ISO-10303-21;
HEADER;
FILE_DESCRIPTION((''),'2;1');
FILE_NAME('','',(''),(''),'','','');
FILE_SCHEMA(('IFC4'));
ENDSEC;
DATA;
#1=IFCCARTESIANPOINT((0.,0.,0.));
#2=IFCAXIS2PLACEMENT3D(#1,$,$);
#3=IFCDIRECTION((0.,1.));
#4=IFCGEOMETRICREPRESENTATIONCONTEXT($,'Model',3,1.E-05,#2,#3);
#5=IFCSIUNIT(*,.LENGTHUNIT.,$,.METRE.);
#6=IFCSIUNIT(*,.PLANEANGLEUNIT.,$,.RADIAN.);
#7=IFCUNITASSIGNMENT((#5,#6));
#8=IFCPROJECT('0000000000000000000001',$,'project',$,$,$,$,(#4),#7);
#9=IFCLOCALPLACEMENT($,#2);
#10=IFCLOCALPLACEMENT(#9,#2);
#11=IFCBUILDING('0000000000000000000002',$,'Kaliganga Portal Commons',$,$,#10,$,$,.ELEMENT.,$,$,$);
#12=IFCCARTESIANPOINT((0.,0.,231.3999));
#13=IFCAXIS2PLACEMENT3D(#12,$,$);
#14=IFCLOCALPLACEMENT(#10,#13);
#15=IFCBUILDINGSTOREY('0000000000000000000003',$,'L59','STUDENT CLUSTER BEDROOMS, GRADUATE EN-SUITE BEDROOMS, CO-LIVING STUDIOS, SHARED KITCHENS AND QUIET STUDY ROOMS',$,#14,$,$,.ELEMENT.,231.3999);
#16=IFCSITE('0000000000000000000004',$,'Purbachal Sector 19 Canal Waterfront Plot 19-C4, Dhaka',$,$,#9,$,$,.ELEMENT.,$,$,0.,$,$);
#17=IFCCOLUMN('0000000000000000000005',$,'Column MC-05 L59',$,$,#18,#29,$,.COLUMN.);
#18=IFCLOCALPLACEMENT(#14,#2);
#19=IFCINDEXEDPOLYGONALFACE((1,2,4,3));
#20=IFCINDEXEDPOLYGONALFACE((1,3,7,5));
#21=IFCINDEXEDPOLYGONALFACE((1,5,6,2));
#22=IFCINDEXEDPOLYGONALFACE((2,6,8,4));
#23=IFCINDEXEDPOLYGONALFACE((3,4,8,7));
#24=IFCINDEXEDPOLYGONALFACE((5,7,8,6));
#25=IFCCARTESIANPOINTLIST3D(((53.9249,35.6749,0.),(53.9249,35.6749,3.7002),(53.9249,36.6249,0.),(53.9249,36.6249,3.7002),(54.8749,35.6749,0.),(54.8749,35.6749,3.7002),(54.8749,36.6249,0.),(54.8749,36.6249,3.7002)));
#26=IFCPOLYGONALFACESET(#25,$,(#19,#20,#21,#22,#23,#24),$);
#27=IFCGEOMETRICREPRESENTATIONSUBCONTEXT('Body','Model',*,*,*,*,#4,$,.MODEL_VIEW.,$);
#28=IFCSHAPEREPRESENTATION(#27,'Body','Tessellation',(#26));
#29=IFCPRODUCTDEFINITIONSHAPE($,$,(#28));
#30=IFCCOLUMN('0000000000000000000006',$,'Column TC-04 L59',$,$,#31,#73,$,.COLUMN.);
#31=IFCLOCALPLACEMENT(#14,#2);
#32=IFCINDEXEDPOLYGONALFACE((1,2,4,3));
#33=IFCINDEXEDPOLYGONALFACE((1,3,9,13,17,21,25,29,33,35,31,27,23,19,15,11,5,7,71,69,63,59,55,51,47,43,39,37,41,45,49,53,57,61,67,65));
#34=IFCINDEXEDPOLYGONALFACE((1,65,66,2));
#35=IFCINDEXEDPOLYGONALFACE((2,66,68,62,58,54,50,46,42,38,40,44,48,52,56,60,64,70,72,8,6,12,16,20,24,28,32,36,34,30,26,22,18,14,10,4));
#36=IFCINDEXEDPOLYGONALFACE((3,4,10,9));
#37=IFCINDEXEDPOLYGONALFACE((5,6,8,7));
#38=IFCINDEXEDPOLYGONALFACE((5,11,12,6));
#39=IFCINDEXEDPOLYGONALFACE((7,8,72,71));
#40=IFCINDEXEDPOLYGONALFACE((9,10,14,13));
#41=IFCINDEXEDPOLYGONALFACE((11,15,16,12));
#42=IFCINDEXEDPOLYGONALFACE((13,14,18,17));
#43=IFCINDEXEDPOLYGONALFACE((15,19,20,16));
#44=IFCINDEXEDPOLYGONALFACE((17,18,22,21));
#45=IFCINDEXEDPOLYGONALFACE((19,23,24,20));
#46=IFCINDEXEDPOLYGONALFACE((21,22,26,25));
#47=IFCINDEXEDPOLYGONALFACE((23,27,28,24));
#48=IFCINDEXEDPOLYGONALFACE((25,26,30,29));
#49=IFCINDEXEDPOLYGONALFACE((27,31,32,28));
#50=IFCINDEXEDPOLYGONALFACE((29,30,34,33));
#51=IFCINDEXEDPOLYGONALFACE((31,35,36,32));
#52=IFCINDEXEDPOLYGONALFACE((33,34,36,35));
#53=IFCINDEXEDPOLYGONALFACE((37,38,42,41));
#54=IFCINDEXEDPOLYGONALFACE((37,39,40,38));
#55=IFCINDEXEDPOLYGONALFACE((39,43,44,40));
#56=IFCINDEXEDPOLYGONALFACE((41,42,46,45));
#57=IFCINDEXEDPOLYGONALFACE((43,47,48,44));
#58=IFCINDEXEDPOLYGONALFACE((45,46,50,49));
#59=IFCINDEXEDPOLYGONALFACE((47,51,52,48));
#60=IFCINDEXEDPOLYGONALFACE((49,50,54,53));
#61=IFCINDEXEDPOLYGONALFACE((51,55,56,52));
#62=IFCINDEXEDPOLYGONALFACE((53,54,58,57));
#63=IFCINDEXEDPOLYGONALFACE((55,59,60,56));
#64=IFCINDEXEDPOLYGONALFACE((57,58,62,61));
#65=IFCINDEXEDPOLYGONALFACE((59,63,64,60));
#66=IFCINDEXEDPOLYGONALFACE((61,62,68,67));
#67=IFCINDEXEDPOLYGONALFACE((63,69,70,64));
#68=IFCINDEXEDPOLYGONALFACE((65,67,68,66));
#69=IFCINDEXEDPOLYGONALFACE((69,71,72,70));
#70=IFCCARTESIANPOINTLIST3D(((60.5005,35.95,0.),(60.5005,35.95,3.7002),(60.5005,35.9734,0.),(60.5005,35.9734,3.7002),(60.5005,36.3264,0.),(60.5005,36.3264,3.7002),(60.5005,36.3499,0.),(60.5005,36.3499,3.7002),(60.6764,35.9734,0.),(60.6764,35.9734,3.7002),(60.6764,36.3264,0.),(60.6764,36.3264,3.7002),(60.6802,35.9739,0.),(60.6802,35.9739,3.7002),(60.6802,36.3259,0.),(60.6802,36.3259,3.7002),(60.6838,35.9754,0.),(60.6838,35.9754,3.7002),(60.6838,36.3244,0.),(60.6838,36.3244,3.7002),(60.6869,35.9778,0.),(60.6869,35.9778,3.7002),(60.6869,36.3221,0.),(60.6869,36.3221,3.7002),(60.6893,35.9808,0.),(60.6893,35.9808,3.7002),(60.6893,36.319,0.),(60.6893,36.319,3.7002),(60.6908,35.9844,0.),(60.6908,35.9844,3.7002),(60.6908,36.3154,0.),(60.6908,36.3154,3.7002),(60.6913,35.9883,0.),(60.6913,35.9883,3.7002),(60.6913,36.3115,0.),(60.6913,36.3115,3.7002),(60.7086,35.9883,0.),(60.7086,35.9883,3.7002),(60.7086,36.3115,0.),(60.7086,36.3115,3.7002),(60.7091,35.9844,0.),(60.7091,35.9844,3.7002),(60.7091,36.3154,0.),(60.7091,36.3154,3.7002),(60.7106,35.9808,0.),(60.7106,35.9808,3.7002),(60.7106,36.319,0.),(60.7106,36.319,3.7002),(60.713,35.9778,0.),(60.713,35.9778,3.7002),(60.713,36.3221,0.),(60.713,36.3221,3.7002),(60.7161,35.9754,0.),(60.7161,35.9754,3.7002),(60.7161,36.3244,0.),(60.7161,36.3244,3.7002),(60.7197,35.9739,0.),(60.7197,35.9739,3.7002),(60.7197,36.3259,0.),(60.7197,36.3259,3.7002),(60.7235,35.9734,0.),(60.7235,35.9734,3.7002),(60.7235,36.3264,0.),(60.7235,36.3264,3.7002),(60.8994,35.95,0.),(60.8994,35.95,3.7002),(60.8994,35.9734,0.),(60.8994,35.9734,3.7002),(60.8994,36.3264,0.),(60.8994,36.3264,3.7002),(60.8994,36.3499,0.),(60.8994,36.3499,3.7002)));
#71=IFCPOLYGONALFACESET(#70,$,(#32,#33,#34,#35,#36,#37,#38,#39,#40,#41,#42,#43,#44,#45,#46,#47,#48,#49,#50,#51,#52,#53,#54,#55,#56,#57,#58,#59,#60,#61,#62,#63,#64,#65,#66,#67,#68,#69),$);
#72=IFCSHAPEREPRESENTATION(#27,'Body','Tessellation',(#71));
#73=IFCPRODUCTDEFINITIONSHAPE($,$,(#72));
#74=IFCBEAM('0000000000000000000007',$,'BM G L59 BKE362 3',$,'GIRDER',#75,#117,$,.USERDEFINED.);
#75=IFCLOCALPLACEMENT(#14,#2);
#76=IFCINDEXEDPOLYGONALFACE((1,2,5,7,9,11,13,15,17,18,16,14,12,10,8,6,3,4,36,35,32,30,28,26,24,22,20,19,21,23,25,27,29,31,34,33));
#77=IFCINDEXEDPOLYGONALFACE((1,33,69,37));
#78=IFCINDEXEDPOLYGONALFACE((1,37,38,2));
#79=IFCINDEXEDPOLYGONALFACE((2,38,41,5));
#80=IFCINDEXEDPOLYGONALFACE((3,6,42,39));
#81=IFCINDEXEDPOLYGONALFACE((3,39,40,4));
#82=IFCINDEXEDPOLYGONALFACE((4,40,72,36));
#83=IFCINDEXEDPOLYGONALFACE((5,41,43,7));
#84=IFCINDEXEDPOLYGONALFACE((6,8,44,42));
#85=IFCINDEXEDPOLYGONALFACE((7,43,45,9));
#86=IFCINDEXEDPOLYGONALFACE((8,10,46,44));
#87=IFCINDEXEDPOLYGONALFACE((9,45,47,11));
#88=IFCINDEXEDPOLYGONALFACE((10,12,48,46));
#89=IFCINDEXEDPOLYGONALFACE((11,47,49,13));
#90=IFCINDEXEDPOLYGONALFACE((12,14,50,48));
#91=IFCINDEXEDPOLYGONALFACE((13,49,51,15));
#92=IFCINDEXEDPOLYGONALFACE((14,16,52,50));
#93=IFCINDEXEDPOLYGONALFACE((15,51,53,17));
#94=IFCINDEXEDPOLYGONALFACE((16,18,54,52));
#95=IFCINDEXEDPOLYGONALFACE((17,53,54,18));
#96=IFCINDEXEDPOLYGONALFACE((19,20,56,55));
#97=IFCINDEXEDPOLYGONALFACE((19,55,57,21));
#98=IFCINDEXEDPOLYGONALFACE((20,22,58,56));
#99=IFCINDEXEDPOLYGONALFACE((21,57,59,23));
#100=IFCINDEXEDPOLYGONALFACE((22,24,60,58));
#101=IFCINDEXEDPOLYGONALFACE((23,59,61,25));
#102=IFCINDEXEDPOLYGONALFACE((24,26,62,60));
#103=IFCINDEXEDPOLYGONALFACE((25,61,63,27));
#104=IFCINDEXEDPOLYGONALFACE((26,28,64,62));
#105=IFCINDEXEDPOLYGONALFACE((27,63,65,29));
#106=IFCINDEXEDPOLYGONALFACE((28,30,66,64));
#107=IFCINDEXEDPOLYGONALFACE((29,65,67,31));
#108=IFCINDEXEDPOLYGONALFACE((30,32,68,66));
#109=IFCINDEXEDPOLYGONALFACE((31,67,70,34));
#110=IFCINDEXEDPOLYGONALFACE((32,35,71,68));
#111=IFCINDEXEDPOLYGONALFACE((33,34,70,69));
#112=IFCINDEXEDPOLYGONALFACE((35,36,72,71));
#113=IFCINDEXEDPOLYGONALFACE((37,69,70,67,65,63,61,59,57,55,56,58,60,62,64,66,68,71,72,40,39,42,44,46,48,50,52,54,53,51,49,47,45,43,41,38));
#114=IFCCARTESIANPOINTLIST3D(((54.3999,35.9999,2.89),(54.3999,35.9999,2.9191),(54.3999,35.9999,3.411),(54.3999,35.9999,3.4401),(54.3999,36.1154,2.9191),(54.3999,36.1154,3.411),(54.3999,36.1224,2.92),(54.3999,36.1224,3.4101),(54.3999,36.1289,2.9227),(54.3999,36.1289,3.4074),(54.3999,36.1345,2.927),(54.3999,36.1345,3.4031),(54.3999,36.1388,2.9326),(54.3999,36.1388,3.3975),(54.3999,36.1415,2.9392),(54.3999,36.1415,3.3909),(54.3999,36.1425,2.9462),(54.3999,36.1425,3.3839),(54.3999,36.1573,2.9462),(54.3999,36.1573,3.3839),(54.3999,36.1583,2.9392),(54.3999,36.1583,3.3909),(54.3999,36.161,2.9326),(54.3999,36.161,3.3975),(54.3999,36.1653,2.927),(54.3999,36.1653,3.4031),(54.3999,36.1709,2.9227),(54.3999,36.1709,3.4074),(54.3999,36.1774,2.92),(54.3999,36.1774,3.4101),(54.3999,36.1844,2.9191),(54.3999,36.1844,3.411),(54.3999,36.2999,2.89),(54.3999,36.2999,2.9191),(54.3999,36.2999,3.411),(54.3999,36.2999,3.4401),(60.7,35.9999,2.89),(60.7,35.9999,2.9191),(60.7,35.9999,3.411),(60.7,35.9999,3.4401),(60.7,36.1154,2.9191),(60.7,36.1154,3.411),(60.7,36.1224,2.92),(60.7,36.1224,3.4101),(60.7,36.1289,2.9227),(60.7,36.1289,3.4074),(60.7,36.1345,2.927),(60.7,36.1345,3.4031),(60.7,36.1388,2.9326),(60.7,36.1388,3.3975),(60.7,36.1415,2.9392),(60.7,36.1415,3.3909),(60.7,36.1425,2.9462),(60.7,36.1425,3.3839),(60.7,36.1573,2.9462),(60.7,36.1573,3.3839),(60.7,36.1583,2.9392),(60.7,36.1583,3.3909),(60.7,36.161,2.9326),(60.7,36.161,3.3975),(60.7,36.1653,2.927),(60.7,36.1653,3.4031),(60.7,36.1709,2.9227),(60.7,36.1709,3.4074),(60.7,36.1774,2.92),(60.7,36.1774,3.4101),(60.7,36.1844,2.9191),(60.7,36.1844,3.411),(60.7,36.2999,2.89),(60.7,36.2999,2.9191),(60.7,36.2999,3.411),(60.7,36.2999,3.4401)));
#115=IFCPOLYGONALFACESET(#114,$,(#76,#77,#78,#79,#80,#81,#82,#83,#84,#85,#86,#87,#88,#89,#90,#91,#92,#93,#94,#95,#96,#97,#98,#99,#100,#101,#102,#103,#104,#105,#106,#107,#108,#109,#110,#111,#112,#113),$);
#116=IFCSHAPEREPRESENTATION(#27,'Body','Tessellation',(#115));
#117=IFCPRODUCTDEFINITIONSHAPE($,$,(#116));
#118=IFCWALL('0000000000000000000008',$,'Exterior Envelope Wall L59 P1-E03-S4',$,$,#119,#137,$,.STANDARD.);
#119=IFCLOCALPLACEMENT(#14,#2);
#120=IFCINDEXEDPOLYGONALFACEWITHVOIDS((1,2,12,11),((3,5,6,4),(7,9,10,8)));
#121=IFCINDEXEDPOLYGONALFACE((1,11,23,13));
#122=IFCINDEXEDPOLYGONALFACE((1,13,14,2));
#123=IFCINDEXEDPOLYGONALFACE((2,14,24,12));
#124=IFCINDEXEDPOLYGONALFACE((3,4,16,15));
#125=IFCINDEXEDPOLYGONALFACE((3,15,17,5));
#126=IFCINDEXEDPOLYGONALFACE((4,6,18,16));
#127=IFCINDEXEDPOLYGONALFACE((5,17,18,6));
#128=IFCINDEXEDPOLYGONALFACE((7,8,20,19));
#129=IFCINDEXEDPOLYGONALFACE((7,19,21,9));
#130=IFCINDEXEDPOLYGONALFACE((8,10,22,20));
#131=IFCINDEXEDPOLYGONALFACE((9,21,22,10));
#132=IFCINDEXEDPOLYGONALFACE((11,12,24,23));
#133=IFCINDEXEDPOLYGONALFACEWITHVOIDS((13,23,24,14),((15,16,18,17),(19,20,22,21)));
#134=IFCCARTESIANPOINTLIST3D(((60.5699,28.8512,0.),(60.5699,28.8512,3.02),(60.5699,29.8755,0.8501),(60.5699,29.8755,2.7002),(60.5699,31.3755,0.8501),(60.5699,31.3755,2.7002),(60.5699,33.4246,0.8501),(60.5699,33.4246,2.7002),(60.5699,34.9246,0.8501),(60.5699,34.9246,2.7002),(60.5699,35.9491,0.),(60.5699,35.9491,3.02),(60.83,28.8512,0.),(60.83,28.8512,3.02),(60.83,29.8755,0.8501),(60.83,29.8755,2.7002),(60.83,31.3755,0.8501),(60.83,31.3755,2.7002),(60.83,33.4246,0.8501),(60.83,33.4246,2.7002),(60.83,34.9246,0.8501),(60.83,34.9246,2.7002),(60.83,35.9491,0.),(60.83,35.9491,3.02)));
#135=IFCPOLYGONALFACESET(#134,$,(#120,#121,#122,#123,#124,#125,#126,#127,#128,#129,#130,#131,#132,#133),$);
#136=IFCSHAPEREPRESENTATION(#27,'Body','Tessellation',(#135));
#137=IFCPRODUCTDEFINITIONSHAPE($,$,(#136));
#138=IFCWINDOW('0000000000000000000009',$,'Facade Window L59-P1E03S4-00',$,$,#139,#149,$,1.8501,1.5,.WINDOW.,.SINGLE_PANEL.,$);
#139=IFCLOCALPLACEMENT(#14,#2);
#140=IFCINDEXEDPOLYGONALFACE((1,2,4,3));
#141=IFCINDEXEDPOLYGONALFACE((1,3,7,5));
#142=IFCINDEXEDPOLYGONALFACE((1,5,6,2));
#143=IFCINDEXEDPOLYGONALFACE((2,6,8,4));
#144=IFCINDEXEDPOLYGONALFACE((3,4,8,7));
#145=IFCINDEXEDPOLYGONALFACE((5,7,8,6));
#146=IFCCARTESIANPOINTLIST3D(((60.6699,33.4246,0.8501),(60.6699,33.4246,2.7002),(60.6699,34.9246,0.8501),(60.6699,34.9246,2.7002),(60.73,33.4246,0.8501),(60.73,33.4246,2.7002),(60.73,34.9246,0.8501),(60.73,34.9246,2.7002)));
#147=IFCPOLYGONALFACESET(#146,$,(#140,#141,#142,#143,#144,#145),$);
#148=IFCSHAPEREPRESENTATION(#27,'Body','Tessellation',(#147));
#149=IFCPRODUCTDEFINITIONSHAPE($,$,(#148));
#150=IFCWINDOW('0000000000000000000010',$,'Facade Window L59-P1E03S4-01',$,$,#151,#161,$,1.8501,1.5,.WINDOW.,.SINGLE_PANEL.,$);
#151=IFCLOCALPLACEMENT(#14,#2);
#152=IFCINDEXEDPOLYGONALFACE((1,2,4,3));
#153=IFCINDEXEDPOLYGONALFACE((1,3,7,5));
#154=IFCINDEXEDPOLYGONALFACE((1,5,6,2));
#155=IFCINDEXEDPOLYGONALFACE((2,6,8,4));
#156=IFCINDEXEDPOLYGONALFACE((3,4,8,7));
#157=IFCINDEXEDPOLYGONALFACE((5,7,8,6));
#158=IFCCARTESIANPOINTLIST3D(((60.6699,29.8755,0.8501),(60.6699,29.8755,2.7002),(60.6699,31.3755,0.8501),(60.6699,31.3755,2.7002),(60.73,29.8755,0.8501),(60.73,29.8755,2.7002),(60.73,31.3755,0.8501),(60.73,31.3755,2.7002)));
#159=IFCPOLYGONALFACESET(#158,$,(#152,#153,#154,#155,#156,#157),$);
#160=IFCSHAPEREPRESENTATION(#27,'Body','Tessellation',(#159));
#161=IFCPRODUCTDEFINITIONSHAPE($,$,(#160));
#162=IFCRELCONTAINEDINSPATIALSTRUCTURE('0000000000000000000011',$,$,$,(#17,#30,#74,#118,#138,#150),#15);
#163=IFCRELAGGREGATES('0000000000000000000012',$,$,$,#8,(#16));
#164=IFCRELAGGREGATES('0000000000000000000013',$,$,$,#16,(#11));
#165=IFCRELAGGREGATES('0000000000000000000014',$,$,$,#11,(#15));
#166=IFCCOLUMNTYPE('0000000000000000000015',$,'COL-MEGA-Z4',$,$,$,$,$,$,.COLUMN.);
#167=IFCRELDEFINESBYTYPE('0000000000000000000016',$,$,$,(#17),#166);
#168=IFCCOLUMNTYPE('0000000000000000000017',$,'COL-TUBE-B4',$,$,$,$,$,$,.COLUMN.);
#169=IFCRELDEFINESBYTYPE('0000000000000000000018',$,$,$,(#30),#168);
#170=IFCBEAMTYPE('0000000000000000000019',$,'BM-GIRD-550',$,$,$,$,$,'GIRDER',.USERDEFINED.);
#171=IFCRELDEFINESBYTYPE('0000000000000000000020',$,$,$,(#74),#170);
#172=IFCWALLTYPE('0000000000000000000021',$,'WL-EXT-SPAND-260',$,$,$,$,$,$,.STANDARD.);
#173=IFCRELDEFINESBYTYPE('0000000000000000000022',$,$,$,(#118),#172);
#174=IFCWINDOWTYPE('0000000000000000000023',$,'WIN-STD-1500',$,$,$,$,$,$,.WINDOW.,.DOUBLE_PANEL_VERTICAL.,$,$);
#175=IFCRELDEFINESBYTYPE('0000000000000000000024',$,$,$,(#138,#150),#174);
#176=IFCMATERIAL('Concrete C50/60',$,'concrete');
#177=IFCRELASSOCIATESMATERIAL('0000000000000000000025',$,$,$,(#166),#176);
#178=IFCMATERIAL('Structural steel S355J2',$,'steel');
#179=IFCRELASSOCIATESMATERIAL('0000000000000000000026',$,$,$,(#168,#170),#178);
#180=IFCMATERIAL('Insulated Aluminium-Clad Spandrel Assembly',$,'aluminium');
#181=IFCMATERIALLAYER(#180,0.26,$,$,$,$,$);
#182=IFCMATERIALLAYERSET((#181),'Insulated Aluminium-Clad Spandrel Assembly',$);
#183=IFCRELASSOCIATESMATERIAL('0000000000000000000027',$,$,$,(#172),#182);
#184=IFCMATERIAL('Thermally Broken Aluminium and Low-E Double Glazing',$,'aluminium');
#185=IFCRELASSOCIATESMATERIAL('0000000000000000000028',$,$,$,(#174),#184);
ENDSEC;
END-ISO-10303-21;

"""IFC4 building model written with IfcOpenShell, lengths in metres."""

from ifc_helpers import new_model, si_unit, direction, frame, frame_2d, origin, origin_2d, place, context, subcontext, project, spatial, rectangle, i_section, extrude, source, transform, mapped, material, layer, layer_set, material_profile, profile_set, type_object, element, fill, save


model = new_model("IFC4")

# Units and contexts
model_context = context("Model", 3, precision=1e-05, world=origin(), true_north=direction((0.0, 1.0)))
body_context = subcontext(model_context, "Body", "Model", "MODEL_VIEW")
ifc_project = project(units=[si_unit("LENGTHUNIT", "METRE"), si_unit("PLANEANGLEUNIT", "RADIAN")], contexts=[model_context])

# Site, building, storey
site_placement = place(None, origin())
site = spatial("IfcSite", under=ifc_project, at=site_placement, Name="Purbachal Sector 19 Canal Waterfront Plot 19-C4, Dhaka", CompositionType="ELEMENT", RefElevation=0.0)
building_placement = place(site_placement, origin())
building = spatial("IfcBuilding", under=site, at=building_placement, Name="Kaliganga Portal Commons", CompositionType="ELEMENT")
storey_placement = place(building_placement, frame((0.0, 0.0, 231.3999)))
storey = spatial("IfcBuildingStorey", under=building, at=storey_placement, Name="L59", Description="STUDENT CLUSTER BEDROOMS, GRADUATE EN-SUITE BEDROOMS, CO-LIVING STUDIOS, SHARED KITCHENS AND QUIET STUDY ROOMS", CompositionType="ELEMENT", Elevation=231.3999)

# Columns
ifc_material_1 = material(Name="Concrete C50/60", Category="concrete")
ifc_material_profile_1 = material_profile(ifc_material_1, rectangle(XDim=0.95, YDim=0.95, at=origin_2d()), Name="RC 950x950")
ifc_profile_set_1 = profile_set([ifc_material_profile_1], Name="Concrete C50/60")
column_type_1 = type_object("IfcColumnType", Name="COL-MEGA-Z4", PredefinedType="COLUMN", material=ifc_profile_set_1)
shared_shape_1 = source(origin(), body_context, "Body", "SweptSolid", [
    extrude(rectangle(XDim=0.95, YDim=0.95, at=origin_2d()), origin(), (0.0, 0.0, 1.0), 3.7002),
])
column_1_placement = place(storey_placement, frame((54.3999, 36.1499, 0.0), z_axis=(0.0, 0.0, 1.0), x_axis=(1.0, 0.0, 0.0)))
element("IfcColumn", 1, at=column_1_placement, inside=storey, type_object=column_type_1, Name="Column MC-05 L59", PredefinedType="COLUMN", context=body_context, shape_type="MappedRepresentation", body=[
    mapped(shared_shape_1, transform((0.0, 0.0, 0.0), x_axis=(1.0, 0.0, 0.0), y_axis=(0.0, 1.0, 0.0), z_axis=(0.0, 0.0, 1.0), scale=1.0)),
])
ifc_material_2 = material(Name="Structural steel S355J2", Category="steel")
ifc_material_profile_2 = material_profile(ifc_material_2, i_section(OverallWidth=0.3989, OverallDepth=0.3999, WebThickness=0.0173, FlangeThickness=0.0234, FilletRadius=0.0149, at=origin_2d()), Name="HD 400x287")
ifc_profile_set_2 = profile_set([ifc_material_profile_2], Name="Structural steel S355J2 wide-flange")
column_type_2 = type_object("IfcColumnType", Name="COL-TUBE-B4", PredefinedType="COLUMN", material=ifc_profile_set_2)
shared_shape_2 = source(origin(), body_context, "Body", "SweptSolid", [
    extrude(i_section(OverallWidth=0.3989, OverallDepth=0.3999, WebThickness=0.0173, FlangeThickness=0.0234, FilletRadius=0.0149, at=origin_2d()), origin(), (0.0, 0.0, 1.0), 3.7002),
])
column_2_placement = place(storey_placement, frame((60.7, 36.1499, 0.0), z_axis=(0.0, 0.0, 1.0), x_axis=(1.0, 0.0, 0.0)))
element("IfcColumn", 2, at=column_2_placement, inside=storey, type_object=column_type_2, Name="Column TC-04 L59", PredefinedType="COLUMN", context=body_context, shape_type="MappedRepresentation", body=[
    mapped(shared_shape_2, transform((0.0, 0.0, 0.0), x_axis=(1.0, 0.0, 0.0), y_axis=(0.0, 1.0, 0.0), z_axis=(0.0, 0.0, 1.0), scale=1.0)),
])

# Beam
ifc_material_profile_3 = material_profile(ifc_material_2, i_section(OverallWidth=0.3, OverallDepth=0.55, WebThickness=0.0149, FlangeThickness=0.0291, FilletRadius=0.0271, at=origin_2d()), Name="HE 550 B")
ifc_profile_set_3 = profile_set([ifc_material_profile_3], Name="Structural steel S355J2 wide-flange")
beam_type = type_object("IfcBeamType", Name="BM-GIRD-550", ElementType="GIRDER", PredefinedType="USERDEFINED", material=ifc_profile_set_3)
shared_shape_3 = source(origin(), body_context, "Body", "SweptSolid", [
    extrude(i_section(OverallWidth=0.3, OverallDepth=0.55, WebThickness=0.0149, FlangeThickness=0.0291, FilletRadius=0.0271, at=origin_2d()), origin(), (0.0, 0.0, 1.0), 6.3),
])
beam_placement = place(storey_placement, frame((54.3999, 36.1499, 3.165), z_axis=(1.0, 0.0, 0.0), x_axis=(0.0, 1.0, 0.0)))
element("IfcBeam", 3, at=beam_placement, inside=storey, type_object=beam_type, Name="BM G L59 BKE362 3", ObjectType="GIRDER", PredefinedType="USERDEFINED", context=body_context, shape_type="MappedRepresentation", body=[
    mapped(shared_shape_3, transform((0.0, 0.0, 0.0), x_axis=(1.0, 0.0, 0.0), y_axis=(0.0, 1.0, 0.0), z_axis=(0.0, 0.0, 1.0), scale=1.0)),
])

# Wall, openings, windows
ifc_material_3 = material(Name="Insulated Aluminium-Clad Spandrel Assembly", Category="aluminium")
ifc_layer_1 = layer(ifc_material_3, 0.26)
ifc_layer_set_1 = layer_set([ifc_layer_1], Name="Insulated Aluminium-Clad Spandrel Assembly")
wall_type_1 = type_object("IfcWallType", Name="WL-EXT-SPAND-260", PredefinedType="STANDARD", material=ifc_layer_set_1)
wall_1_placement = place(storey_placement, frame((60.7, 35.949, 0.0), z_axis=(0.0, 0.0, 1.0), x_axis=(0.0, -1.0, 0.0)))
wall_1 = element("IfcWall", 4, at=wall_1_placement, inside=storey, type_object=wall_type_1, Name="Exterior Envelope Wall L59 P1-E03-S4", PredefinedType="STANDARD", context=body_context, shape_type="SweptSolid", body=[
    extrude(rectangle(XDim=7.0979, YDim=0.26, at=frame_2d((3.5488, 0.0))), origin(), (0.0, 0.0, 1.0), 3.02),
])
opening_1_placement = place(wall_1_placement, frame((1.0244, 0.0, 0.8501)))
opening_1 = element("IfcOpeningElement", 5, at=opening_1_placement, cuts=wall_1, PredefinedType="OPENING", context=body_context, shape_type="SweptSolid", body=[
    extrude(rectangle(XDim=1.5, YDim=1.8501, at=frame_2d((0.75, 0.925))), frame((0.0, 0.1401, 0.0), z_axis=(0.0, -1.0, 0.0), x_axis=(1.0, 0.0, 0.0)), (0.0, 0.0, 1.0), 0.28),
])
opening_2_placement = place(wall_1_placement, frame((4.5735, 0.0, 0.8501)))
opening_2 = element("IfcOpeningElement", 6, at=opening_2_placement, cuts=wall_1, PredefinedType="OPENING", context=body_context, shape_type="SweptSolid", body=[
    extrude(rectangle(XDim=1.5, YDim=1.8501, at=frame_2d((0.75, 0.925))), frame((0.0, 0.1401, 0.0), z_axis=(0.0, -1.0, 0.0), x_axis=(1.0, 0.0, 0.0)), (0.0, 0.0, 1.0), 0.28),
])
ifc_material_4 = material(Name="Thermally Broken Aluminium and Low-E Double Glazing", Category="aluminium")
window_type_1 = type_object("IfcWindowType", Name="WIN-STD-1500", PartitioningType="DOUBLE_PANEL_VERTICAL", PredefinedType="WINDOW", material=ifc_material_4)
window_1_placement = place(opening_1_placement, origin())
window_1 = element("IfcWindow", 7, at=window_1_placement, inside=storey, type_object=window_type_1, Name="Facade Window L59-P1E03S4-00", OverallHeight=1.8501, OverallWidth=1.5, PartitioningType="SINGLE_PANEL", PredefinedType="WINDOW", context=body_context, shape_type="SweptSolid", body=[
    extrude(rectangle(XDim=1.5, YDim=1.8501, at=frame_2d((0.75, 0.925))), frame((0.0, 0.03, 0.0), z_axis=(0.0, -1.0, 0.0), x_axis=(1.0, 0.0, 0.0)), (0.0, 0.0, 1.0), 0.0601),
])
fill(opening_1, window_1)
window_2_placement = place(opening_2_placement, origin())
window_2 = element("IfcWindow", 8, at=window_2_placement, inside=storey, type_object=window_type_1, Name="Facade Window L59-P1E03S4-01", OverallHeight=1.8501, OverallWidth=1.5, PartitioningType="SINGLE_PANEL", PredefinedType="WINDOW", context=body_context, shape_type="SweptSolid", body=[
    extrude(rectangle(XDim=1.5, YDim=1.8501, at=frame_2d((0.75, 0.925))), frame((0.0, 0.03, 0.0), z_axis=(0.0, -1.0, 0.0), x_axis=(1.0, 0.0, 0.0)), (0.0, 0.0, 1.0), 0.0601),
])
fill(opening_2, window_2)

save(model, "model.ifc")
